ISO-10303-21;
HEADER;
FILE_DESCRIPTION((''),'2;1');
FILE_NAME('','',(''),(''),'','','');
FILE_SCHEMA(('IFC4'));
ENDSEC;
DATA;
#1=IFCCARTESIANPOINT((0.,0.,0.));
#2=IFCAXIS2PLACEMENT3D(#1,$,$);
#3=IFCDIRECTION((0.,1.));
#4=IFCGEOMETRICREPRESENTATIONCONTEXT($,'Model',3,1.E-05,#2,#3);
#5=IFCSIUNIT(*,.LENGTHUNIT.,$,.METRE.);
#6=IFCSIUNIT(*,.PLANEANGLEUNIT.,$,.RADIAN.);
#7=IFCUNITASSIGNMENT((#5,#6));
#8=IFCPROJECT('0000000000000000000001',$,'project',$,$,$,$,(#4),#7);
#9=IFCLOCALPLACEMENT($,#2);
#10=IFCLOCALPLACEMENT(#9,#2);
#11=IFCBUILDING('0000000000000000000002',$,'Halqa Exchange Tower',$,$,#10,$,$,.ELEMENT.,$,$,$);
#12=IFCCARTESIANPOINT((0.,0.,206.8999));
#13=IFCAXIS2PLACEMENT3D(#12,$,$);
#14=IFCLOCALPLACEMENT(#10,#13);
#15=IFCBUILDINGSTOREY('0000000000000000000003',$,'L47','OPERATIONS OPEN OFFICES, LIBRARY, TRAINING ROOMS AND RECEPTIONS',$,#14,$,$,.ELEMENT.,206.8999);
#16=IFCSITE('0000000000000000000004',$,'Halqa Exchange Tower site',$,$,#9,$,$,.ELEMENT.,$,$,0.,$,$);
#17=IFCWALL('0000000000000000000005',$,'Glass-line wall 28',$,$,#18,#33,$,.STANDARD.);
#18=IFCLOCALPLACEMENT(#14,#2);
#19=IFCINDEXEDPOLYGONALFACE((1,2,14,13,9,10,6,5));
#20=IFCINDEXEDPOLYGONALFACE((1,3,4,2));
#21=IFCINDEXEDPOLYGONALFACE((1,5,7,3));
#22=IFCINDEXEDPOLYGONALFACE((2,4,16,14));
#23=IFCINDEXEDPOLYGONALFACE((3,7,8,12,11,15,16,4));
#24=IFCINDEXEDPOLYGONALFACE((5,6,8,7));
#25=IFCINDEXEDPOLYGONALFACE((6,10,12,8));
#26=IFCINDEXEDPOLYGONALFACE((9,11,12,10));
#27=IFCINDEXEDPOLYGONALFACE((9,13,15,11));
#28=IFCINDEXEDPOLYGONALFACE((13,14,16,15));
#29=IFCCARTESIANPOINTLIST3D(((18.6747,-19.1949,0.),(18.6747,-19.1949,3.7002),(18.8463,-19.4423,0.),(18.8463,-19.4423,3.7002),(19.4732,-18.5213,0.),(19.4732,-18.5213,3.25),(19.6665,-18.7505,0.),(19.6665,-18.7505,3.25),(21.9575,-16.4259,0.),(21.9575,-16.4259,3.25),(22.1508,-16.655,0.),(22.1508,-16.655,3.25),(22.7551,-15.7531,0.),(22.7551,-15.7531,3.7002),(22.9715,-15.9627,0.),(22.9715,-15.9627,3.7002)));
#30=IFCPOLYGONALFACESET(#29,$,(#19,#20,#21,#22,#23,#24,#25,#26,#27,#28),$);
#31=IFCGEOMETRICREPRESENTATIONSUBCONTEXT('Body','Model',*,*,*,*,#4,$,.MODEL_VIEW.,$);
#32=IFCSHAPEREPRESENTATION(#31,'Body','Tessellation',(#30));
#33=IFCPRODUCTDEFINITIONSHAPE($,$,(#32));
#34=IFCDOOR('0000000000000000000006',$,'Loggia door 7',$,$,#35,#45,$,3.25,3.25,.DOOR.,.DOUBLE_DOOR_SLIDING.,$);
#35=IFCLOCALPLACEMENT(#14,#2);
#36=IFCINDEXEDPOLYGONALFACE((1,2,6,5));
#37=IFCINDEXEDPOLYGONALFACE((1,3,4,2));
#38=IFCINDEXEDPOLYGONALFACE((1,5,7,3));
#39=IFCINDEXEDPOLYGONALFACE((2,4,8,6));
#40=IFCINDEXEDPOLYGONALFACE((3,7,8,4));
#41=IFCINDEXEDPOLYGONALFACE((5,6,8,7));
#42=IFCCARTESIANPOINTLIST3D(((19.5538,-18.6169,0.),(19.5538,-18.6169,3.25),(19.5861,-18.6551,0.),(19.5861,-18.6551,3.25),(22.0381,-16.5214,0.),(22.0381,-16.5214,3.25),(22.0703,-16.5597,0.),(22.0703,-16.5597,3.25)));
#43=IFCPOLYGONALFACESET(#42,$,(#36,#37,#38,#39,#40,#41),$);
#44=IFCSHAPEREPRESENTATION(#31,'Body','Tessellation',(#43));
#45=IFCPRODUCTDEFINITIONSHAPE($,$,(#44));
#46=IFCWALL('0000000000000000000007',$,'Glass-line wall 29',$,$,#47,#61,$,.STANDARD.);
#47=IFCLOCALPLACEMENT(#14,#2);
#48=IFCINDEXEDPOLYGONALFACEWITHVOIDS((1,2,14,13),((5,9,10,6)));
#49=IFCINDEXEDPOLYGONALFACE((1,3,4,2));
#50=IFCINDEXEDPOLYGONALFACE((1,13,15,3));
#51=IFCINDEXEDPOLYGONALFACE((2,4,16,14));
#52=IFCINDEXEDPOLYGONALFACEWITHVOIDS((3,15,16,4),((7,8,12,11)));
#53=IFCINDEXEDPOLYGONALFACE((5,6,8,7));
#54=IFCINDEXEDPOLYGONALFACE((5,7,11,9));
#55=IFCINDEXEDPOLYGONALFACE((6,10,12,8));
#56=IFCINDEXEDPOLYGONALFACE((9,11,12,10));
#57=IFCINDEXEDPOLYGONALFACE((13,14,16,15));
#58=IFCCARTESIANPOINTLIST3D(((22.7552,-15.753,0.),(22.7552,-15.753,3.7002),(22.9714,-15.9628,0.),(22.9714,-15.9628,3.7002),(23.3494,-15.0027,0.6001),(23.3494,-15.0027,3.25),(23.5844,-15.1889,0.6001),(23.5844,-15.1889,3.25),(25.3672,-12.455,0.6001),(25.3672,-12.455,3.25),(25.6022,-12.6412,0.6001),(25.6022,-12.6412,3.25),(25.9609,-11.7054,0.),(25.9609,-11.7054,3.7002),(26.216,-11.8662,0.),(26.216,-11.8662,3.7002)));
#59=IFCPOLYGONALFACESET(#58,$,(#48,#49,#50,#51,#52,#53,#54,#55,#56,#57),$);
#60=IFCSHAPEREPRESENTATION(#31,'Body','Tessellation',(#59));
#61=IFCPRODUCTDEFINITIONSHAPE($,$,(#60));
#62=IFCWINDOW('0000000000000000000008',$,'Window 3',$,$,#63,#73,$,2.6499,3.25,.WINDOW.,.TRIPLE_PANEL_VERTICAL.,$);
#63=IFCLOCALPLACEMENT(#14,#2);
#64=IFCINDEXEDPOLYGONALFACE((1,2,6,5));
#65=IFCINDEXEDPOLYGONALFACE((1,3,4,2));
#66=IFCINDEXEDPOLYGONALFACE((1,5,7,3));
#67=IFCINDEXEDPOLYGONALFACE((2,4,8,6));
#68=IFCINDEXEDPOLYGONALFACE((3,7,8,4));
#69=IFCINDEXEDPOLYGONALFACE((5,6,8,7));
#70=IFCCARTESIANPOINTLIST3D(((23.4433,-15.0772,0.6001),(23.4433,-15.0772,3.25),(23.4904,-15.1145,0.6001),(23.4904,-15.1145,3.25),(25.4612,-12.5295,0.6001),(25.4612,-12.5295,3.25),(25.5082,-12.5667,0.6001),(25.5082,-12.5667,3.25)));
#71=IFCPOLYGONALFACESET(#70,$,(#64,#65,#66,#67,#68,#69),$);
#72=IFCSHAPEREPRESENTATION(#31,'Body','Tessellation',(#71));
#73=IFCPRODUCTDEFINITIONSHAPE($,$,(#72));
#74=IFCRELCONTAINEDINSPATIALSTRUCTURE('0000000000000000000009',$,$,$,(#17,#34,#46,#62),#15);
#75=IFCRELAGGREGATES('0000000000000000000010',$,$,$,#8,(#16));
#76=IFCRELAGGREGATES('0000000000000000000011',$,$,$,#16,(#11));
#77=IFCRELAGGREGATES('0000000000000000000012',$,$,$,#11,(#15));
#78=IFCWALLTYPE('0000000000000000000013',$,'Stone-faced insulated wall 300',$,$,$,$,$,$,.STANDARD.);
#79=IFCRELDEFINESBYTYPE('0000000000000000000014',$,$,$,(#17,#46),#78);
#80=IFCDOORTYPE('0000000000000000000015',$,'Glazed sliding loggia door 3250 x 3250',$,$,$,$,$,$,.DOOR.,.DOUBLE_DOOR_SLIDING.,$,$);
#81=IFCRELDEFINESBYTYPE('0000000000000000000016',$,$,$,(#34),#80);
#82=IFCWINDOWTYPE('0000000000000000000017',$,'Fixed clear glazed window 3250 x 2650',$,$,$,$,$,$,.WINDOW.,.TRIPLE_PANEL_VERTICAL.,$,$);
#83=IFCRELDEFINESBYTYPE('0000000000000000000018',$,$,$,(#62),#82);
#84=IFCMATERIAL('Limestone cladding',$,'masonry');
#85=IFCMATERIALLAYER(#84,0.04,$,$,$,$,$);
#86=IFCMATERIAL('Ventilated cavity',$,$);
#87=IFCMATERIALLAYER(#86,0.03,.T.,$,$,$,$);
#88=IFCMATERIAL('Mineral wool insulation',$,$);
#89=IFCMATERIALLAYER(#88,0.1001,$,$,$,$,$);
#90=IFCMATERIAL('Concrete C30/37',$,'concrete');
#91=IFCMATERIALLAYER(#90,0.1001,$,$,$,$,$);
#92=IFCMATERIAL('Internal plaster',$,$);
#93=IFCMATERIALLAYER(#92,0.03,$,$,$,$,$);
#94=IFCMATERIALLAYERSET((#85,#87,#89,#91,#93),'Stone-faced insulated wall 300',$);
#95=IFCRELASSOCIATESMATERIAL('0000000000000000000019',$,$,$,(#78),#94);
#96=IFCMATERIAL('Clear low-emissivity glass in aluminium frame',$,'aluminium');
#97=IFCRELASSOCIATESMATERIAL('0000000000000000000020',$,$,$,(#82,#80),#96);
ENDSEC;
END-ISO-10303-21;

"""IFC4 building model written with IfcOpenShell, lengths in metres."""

from ifc_helpers import new_model, si_unit, direction, frame, frame_2d, origin, place, context, subcontext, project, spatial, polyline, rectangle, outline, extrude, material, layer, layer_set, type_object, element, fill, save


model = new_model("IFC4")

# Units and contexts
model_context = context("Model", 3, precision=1e-05, world=origin(), true_north=direction((0.0, 1.0)))
body_context = subcontext(model_context, "Body", "Model", "MODEL_VIEW")
ifc_project = project(units=[si_unit("LENGTHUNIT", "METRE"), si_unit("PLANEANGLEUNIT", "RADIAN")], contexts=[model_context])

# Site, building, storey
site_placement = place(None, origin())
site = spatial("IfcSite", under=ifc_project, at=site_placement, Name="Halqa Exchange Tower site", CompositionType="ELEMENT", RefElevation=0.0)
building_placement = place(site_placement, origin())
building = spatial("IfcBuilding", under=site, at=building_placement, Name="Halqa Exchange Tower", CompositionType="ELEMENT")
storey_placement = place(building_placement, frame((0.0, 0.0, 206.8999)))
storey = spatial("IfcBuildingStorey", under=building, at=storey_placement, Name="L47", Description="OPERATIONS OPEN OFFICES, LIBRARY, TRAINING ROOMS AND RECEPTIONS", CompositionType="ELEMENT", Elevation=206.8999)

# Shared definitions
ifc_material_1 = material(Name="Limestone cladding", Category="masonry")
ifc_layer_1 = layer(ifc_material_1, 0.04)
ifc_material_2 = material(Name="Ventilated cavity")
ifc_layer_2 = layer(ifc_material_2, 0.03, ventilated=True)
ifc_material_3 = material(Name="Mineral wool insulation")
ifc_layer_3 = layer(ifc_material_3, 0.1001)
ifc_material_4 = material(Name="Concrete C30/37", Category="concrete")
ifc_layer_4 = layer(ifc_material_4, 0.1001)
ifc_material_5 = material(Name="Internal plaster")
ifc_layer_5 = layer(ifc_material_5, 0.03)
ifc_layer_set_1 = layer_set([ifc_layer_1, ifc_layer_2, ifc_layer_3, ifc_layer_4, ifc_layer_5], Name="Stone-faced insulated wall 300")
wall_type_1 = type_object("IfcWallType", Name="Stone-faced insulated wall 300", PredefinedType="STANDARD", material=ifc_layer_set_1)
ifc_material_6 = material(Name="Clear low-emissivity glass in aluminium frame", Category="aluminium")
window_type = type_object("IfcWindowType", Name="Fixed clear glazed window 3250 x 2650", PartitioningType="TRIPLE_PANEL_VERTICAL", PredefinedType="WINDOW", material=ifc_material_6)

# Wall, opening, door
wall_1_placement = place(storey_placement, frame((18.7605, -19.3186, 0.0), z_axis=(0.0, 0.0, 1.0), x_axis=(0.764386, 0.644759, 0.0)))
wall_1 = element("IfcWall", 1, at=wall_1_placement, inside=storey, type_object=wall_type_1, Name="Glass-line wall 28", PredefinedType="STANDARD", context=body_context, shape_type="SweptSolid", body=[
    extrude(outline(polyline([(-0.0142, -0.1499), (5.3826, -0.1499), (5.3523, 0.1499), (0.0142, 0.1499), (-0.0142, -0.1499)])), origin(), (0.0, 0.0, 1.0), 3.7002),
])
opening_1_placement = place(wall_1_placement, frame((1.0588, 0.0, 0.0)))
opening_1 = element("IfcOpeningElement", 2, at=opening_1_placement, cuts=wall_1, PredefinedType="OPENING", context=body_context, shape_type="SweptSolid", body=[
    extrude(rectangle(XDim=3.25, YDim=3.25, at=frame_2d((1.625, 1.625))), frame((0.0, 0.1621, 0.0), z_axis=(0.0, -1.0, 0.0), x_axis=(1.0, 0.0, 0.0)), (0.0, 0.0, 1.0), 0.324),
])
door_type = type_object("IfcDoorType", Name="Glazed sliding loggia door 3250 x 3250", OperationType="DOUBLE_DOOR_SLIDING", PredefinedType="DOOR", material=ifc_material_6)
door_placement = place(opening_1_placement, origin())
door = element("IfcDoor", 3, at=door_placement, inside=storey, type_object=door_type, Name="Loggia door 7", OperationType="DOUBLE_DOOR_SLIDING", OverallHeight=3.25, OverallWidth=3.25, PredefinedType="DOOR", context=body_context, shape_type="SweptSolid", body=[
    extrude(rectangle(XDim=3.25, YDim=3.25, at=frame_2d((1.625, 1.625))), frame((0.0, 0.0249, 0.0), z_axis=(0.0, -1.0, 0.0), x_axis=(1.0, 0.0, 0.0)), (0.0, 0.0, 1.0), 0.05),
])
fill(opening_1, door)

# Wall, opening, window
wall_2_placement = place(storey_placement, frame((22.8633, -15.8579, 0.0), z_axis=(0.0, 0.0, 1.0), x_axis=(0.62087, 0.783913, 0.0)))
wall_2 = element("IfcWall", 4, at=wall_2_placement, inside=storey, type_object=wall_type_1, Name="Glass-line wall 29", PredefinedType="STANDARD", context=body_context, shape_type="SweptSolid", body=[
    extrude(outline(polyline([(-0.0151, -0.1499), (5.2107, -0.1499), (5.1785, 0.1499), (0.0151, 0.1499), (-0.0151, -0.1499)])), origin(), (0.0, 0.0, 1.0), 3.7002),
])
opening_2_placement = place(wall_2_placement, frame((0.9722, 0.0, 0.6001)))
opening_2 = element("IfcOpeningElement", 5, at=opening_2_placement, cuts=wall_2, PredefinedType="OPENING", context=body_context, shape_type="SweptSolid", body=[
    extrude(rectangle(XDim=3.25, YDim=2.6499, at=frame_2d((1.625, 1.325))), frame((0.0, 0.1621, 0.0), z_axis=(0.0, -1.0, 0.0), x_axis=(1.0, 0.0, 0.0)), (0.0, 0.0, 1.0), 0.324),
])
window_1_placement = place(opening_2_placement, origin())
window_1 = element("IfcWindow", 6, at=window_1_placement, inside=storey, type_object=window_type, Name="Window 3", OverallHeight=2.6499, OverallWidth=3.25, PartitioningType="TRIPLE_PANEL_VERTICAL", PredefinedType="WINDOW", context=body_context, shape_type="SweptSolid", body=[
    extrude(rectangle(XDim=3.25, YDim=2.6499, at=frame_2d((1.625, 1.325))), frame((0.0, 0.03, 0.0), z_axis=(0.0, -1.0, 0.0), x_axis=(1.0, 0.0, 0.0)), (0.0, 0.0, 1.0), 0.0601),
])
fill(opening_2, window_1)

save(model, "model.ifc")
